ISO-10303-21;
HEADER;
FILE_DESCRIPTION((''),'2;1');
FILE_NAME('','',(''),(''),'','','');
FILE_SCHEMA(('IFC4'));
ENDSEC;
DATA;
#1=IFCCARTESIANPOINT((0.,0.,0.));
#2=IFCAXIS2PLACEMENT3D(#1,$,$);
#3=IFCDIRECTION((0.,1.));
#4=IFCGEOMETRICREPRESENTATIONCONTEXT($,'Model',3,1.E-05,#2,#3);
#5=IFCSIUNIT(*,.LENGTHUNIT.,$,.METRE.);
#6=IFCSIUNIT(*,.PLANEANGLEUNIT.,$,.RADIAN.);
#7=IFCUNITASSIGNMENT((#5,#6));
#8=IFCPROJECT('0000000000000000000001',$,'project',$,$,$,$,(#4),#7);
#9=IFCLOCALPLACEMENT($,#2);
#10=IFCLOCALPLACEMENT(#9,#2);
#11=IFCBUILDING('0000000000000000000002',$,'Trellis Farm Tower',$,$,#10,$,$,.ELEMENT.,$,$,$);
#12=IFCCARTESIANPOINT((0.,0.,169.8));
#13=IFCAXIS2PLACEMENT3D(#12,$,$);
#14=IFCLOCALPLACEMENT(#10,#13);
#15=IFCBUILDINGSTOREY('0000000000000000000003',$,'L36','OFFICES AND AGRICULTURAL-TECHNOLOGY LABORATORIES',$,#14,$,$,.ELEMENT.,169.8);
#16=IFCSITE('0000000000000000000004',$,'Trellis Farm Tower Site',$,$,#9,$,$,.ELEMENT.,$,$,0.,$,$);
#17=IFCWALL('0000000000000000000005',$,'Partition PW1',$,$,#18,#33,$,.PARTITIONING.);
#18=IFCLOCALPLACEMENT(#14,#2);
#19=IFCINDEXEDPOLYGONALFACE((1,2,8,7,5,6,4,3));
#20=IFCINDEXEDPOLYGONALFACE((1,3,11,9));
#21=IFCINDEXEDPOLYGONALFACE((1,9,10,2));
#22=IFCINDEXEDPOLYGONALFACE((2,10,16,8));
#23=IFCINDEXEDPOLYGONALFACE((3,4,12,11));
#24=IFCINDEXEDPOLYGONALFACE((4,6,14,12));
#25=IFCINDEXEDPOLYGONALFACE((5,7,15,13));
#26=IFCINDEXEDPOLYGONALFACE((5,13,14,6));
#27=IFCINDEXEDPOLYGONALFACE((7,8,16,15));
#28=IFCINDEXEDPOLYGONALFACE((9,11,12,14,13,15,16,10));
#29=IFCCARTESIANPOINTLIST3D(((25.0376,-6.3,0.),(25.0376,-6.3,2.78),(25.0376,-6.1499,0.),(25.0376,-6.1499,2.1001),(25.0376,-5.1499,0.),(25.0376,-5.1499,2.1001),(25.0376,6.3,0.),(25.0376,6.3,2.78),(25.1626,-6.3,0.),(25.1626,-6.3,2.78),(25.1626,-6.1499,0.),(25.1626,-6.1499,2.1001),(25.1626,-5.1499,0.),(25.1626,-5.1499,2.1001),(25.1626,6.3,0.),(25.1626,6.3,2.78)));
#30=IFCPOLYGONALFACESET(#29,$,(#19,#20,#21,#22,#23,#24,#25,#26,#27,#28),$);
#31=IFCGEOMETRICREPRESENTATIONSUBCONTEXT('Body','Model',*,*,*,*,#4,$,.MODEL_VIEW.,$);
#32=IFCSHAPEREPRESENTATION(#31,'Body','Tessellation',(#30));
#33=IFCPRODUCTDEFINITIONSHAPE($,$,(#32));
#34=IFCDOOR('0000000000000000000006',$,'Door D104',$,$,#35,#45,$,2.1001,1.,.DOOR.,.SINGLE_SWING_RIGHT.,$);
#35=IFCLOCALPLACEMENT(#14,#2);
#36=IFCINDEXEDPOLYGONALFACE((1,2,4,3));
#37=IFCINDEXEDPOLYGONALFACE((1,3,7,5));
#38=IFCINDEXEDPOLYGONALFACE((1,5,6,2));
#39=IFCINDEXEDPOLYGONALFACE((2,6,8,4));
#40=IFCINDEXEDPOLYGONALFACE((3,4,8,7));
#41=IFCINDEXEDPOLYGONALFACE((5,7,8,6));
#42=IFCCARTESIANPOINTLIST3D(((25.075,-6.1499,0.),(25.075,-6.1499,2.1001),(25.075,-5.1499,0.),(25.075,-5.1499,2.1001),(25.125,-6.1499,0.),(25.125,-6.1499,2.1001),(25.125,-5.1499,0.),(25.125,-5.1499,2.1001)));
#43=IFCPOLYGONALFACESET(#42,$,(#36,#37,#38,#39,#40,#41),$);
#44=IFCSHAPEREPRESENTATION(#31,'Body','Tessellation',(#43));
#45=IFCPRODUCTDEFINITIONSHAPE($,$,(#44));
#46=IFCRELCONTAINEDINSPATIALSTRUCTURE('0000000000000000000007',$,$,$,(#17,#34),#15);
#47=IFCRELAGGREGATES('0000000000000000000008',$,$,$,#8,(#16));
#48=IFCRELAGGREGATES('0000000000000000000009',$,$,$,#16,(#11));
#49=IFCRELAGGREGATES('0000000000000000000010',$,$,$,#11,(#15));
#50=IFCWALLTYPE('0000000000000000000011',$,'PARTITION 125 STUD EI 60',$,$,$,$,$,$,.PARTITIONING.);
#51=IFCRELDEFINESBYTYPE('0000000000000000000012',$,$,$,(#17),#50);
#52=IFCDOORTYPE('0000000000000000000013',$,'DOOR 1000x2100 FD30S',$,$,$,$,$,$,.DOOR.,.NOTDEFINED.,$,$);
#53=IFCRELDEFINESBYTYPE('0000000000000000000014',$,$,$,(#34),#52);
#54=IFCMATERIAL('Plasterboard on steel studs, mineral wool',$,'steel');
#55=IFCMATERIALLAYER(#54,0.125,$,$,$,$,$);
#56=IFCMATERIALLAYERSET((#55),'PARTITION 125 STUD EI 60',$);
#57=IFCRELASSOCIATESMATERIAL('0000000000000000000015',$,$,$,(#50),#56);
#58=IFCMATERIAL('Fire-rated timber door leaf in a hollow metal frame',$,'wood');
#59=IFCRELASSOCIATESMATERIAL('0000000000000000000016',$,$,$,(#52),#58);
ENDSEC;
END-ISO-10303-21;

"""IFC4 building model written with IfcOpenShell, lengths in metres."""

from ifc_helpers import new_model, si_unit, direction, frame, frame_2d, origin, place, context, subcontext, project, spatial, rectangle, extrude, source, transform, mapped, material, layer, layer_set, type_object, element, fill, save


model = new_model("IFC4")

# Units and contexts
model_context = context("Model", 3, precision=1e-05, world=origin(), true_north=direction((0.0, 1.0)))
body_context = subcontext(model_context, "Body", "Model", "MODEL_VIEW")
ifc_project = project(units=[si_unit("LENGTHUNIT", "METRE"), si_unit("PLANEANGLEUNIT", "RADIAN")], contexts=[model_context])

# Site, building, storey
site_placement = place(None, origin())
site = spatial("IfcSite", under=ifc_project, at=site_placement, Name="Trellis Farm Tower Site", CompositionType="ELEMENT", RefElevation=0.0)
building_placement = place(site_placement, origin())
building = spatial("IfcBuilding", under=site, at=building_placement, Name="Trellis Farm Tower", CompositionType="ELEMENT")
storey_placement = place(building_placement, frame((0.0, 0.0, 169.8)))
storey = spatial("IfcBuildingStorey", under=building, at=storey_placement, Name="L36", Description="OFFICES AND AGRICULTURAL-TECHNOLOGY LABORATORIES", CompositionType="ELEMENT", Elevation=169.8)

# Wall, opening, door
ifc_material_1 = material(Name="Plasterboard on steel studs, mineral wool", Category="steel")
ifc_layer_1 = layer(ifc_material_1, 0.125)
ifc_layer_set_1 = layer_set([ifc_layer_1], Name="PARTITION 125 STUD EI 60")
wall_type_1 = type_object("IfcWallType", Name="PARTITION 125 STUD EI 60", PredefinedType="PARTITIONING", material=ifc_layer_set_1)
shared_shape_1 = source(origin(), body_context, "Body", "SweptSolid", [
    extrude(rectangle(XDim=12.6001, YDim=0.125, at=frame_2d((6.3, 0.0))), origin(), (0.0, 0.0, 1.0), 2.78),
])
wall_1_placement = place(storey_placement, frame((25.1001, 6.3, 0.0), z_axis=(0.0, 0.0, 1.0), x_axis=(0.0, -1.0, 0.0)))
wall_1 = element("IfcWall", 1, at=wall_1_placement, inside=storey, type_object=wall_type_1, Name="Partition PW1", PredefinedType="PARTITIONING", context=body_context, shape_type="MappedRepresentation", body=[
    mapped(shared_shape_1, transform((0.0, 0.0, 0.0))),
])
shared_shape_2 = source(origin(), body_context, "Body", "SweptSolid", [
    extrude(rectangle(XDim=1.0, YDim=2.1001, at=frame_2d((0.5, 1.05))), frame((0.0, 0.0725, 0.0), z_axis=(0.0, -1.0, 0.0), x_axis=(1.0, 0.0, 0.0)), (0.0, 0.0, 1.0), 0.145),
])
opening_1_placement = place(wall_1_placement, frame((11.45, 0.0, 0.0)))
opening_1 = element("IfcOpeningElement", 2, at=opening_1_placement, cuts=wall_1, PredefinedType="OPENING", context=body_context, shape_type="MappedRepresentation", body=[
    mapped(shared_shape_2, transform((0.0, 0.0, 0.0))),
])
ifc_material_2 = material(Name="Fire-rated timber door leaf in a hollow metal frame", Category="wood")
door_type_1 = type_object("IfcDoorType", Name="DOOR 1000x2100 FD30S", OperationType="NOTDEFINED", PredefinedType="DOOR", material=ifc_material_2)
shared_shape_3 = source(origin(), body_context, "Body", "SweptSolid", [
    extrude(rectangle(XDim=1.0, YDim=2.1001, at=frame_2d((0.5, 1.05))), frame((0.0, 0.0249, 0.0), z_axis=(0.0, -1.0, 0.0), x_axis=(1.0, 0.0, 0.0)), (0.0, 0.0, 1.0), 0.05),
])
door_1_placement = place(opening_1_placement, origin())
door_1 = element("IfcDoor", 3, at=door_1_placement, inside=storey, type_object=door_type_1, Name="Door D104", OperationType="SINGLE_SWING_RIGHT", OverallHeight=2.1001, OverallWidth=1.0, PredefinedType="DOOR", context=body_context, shape_type="MappedRepresentation", body=[
    mapped(shared_shape_3, transform((0.0, 0.0, 0.0))),
])
fill(opening_1, door_1)

save(model, "model.ifc")
